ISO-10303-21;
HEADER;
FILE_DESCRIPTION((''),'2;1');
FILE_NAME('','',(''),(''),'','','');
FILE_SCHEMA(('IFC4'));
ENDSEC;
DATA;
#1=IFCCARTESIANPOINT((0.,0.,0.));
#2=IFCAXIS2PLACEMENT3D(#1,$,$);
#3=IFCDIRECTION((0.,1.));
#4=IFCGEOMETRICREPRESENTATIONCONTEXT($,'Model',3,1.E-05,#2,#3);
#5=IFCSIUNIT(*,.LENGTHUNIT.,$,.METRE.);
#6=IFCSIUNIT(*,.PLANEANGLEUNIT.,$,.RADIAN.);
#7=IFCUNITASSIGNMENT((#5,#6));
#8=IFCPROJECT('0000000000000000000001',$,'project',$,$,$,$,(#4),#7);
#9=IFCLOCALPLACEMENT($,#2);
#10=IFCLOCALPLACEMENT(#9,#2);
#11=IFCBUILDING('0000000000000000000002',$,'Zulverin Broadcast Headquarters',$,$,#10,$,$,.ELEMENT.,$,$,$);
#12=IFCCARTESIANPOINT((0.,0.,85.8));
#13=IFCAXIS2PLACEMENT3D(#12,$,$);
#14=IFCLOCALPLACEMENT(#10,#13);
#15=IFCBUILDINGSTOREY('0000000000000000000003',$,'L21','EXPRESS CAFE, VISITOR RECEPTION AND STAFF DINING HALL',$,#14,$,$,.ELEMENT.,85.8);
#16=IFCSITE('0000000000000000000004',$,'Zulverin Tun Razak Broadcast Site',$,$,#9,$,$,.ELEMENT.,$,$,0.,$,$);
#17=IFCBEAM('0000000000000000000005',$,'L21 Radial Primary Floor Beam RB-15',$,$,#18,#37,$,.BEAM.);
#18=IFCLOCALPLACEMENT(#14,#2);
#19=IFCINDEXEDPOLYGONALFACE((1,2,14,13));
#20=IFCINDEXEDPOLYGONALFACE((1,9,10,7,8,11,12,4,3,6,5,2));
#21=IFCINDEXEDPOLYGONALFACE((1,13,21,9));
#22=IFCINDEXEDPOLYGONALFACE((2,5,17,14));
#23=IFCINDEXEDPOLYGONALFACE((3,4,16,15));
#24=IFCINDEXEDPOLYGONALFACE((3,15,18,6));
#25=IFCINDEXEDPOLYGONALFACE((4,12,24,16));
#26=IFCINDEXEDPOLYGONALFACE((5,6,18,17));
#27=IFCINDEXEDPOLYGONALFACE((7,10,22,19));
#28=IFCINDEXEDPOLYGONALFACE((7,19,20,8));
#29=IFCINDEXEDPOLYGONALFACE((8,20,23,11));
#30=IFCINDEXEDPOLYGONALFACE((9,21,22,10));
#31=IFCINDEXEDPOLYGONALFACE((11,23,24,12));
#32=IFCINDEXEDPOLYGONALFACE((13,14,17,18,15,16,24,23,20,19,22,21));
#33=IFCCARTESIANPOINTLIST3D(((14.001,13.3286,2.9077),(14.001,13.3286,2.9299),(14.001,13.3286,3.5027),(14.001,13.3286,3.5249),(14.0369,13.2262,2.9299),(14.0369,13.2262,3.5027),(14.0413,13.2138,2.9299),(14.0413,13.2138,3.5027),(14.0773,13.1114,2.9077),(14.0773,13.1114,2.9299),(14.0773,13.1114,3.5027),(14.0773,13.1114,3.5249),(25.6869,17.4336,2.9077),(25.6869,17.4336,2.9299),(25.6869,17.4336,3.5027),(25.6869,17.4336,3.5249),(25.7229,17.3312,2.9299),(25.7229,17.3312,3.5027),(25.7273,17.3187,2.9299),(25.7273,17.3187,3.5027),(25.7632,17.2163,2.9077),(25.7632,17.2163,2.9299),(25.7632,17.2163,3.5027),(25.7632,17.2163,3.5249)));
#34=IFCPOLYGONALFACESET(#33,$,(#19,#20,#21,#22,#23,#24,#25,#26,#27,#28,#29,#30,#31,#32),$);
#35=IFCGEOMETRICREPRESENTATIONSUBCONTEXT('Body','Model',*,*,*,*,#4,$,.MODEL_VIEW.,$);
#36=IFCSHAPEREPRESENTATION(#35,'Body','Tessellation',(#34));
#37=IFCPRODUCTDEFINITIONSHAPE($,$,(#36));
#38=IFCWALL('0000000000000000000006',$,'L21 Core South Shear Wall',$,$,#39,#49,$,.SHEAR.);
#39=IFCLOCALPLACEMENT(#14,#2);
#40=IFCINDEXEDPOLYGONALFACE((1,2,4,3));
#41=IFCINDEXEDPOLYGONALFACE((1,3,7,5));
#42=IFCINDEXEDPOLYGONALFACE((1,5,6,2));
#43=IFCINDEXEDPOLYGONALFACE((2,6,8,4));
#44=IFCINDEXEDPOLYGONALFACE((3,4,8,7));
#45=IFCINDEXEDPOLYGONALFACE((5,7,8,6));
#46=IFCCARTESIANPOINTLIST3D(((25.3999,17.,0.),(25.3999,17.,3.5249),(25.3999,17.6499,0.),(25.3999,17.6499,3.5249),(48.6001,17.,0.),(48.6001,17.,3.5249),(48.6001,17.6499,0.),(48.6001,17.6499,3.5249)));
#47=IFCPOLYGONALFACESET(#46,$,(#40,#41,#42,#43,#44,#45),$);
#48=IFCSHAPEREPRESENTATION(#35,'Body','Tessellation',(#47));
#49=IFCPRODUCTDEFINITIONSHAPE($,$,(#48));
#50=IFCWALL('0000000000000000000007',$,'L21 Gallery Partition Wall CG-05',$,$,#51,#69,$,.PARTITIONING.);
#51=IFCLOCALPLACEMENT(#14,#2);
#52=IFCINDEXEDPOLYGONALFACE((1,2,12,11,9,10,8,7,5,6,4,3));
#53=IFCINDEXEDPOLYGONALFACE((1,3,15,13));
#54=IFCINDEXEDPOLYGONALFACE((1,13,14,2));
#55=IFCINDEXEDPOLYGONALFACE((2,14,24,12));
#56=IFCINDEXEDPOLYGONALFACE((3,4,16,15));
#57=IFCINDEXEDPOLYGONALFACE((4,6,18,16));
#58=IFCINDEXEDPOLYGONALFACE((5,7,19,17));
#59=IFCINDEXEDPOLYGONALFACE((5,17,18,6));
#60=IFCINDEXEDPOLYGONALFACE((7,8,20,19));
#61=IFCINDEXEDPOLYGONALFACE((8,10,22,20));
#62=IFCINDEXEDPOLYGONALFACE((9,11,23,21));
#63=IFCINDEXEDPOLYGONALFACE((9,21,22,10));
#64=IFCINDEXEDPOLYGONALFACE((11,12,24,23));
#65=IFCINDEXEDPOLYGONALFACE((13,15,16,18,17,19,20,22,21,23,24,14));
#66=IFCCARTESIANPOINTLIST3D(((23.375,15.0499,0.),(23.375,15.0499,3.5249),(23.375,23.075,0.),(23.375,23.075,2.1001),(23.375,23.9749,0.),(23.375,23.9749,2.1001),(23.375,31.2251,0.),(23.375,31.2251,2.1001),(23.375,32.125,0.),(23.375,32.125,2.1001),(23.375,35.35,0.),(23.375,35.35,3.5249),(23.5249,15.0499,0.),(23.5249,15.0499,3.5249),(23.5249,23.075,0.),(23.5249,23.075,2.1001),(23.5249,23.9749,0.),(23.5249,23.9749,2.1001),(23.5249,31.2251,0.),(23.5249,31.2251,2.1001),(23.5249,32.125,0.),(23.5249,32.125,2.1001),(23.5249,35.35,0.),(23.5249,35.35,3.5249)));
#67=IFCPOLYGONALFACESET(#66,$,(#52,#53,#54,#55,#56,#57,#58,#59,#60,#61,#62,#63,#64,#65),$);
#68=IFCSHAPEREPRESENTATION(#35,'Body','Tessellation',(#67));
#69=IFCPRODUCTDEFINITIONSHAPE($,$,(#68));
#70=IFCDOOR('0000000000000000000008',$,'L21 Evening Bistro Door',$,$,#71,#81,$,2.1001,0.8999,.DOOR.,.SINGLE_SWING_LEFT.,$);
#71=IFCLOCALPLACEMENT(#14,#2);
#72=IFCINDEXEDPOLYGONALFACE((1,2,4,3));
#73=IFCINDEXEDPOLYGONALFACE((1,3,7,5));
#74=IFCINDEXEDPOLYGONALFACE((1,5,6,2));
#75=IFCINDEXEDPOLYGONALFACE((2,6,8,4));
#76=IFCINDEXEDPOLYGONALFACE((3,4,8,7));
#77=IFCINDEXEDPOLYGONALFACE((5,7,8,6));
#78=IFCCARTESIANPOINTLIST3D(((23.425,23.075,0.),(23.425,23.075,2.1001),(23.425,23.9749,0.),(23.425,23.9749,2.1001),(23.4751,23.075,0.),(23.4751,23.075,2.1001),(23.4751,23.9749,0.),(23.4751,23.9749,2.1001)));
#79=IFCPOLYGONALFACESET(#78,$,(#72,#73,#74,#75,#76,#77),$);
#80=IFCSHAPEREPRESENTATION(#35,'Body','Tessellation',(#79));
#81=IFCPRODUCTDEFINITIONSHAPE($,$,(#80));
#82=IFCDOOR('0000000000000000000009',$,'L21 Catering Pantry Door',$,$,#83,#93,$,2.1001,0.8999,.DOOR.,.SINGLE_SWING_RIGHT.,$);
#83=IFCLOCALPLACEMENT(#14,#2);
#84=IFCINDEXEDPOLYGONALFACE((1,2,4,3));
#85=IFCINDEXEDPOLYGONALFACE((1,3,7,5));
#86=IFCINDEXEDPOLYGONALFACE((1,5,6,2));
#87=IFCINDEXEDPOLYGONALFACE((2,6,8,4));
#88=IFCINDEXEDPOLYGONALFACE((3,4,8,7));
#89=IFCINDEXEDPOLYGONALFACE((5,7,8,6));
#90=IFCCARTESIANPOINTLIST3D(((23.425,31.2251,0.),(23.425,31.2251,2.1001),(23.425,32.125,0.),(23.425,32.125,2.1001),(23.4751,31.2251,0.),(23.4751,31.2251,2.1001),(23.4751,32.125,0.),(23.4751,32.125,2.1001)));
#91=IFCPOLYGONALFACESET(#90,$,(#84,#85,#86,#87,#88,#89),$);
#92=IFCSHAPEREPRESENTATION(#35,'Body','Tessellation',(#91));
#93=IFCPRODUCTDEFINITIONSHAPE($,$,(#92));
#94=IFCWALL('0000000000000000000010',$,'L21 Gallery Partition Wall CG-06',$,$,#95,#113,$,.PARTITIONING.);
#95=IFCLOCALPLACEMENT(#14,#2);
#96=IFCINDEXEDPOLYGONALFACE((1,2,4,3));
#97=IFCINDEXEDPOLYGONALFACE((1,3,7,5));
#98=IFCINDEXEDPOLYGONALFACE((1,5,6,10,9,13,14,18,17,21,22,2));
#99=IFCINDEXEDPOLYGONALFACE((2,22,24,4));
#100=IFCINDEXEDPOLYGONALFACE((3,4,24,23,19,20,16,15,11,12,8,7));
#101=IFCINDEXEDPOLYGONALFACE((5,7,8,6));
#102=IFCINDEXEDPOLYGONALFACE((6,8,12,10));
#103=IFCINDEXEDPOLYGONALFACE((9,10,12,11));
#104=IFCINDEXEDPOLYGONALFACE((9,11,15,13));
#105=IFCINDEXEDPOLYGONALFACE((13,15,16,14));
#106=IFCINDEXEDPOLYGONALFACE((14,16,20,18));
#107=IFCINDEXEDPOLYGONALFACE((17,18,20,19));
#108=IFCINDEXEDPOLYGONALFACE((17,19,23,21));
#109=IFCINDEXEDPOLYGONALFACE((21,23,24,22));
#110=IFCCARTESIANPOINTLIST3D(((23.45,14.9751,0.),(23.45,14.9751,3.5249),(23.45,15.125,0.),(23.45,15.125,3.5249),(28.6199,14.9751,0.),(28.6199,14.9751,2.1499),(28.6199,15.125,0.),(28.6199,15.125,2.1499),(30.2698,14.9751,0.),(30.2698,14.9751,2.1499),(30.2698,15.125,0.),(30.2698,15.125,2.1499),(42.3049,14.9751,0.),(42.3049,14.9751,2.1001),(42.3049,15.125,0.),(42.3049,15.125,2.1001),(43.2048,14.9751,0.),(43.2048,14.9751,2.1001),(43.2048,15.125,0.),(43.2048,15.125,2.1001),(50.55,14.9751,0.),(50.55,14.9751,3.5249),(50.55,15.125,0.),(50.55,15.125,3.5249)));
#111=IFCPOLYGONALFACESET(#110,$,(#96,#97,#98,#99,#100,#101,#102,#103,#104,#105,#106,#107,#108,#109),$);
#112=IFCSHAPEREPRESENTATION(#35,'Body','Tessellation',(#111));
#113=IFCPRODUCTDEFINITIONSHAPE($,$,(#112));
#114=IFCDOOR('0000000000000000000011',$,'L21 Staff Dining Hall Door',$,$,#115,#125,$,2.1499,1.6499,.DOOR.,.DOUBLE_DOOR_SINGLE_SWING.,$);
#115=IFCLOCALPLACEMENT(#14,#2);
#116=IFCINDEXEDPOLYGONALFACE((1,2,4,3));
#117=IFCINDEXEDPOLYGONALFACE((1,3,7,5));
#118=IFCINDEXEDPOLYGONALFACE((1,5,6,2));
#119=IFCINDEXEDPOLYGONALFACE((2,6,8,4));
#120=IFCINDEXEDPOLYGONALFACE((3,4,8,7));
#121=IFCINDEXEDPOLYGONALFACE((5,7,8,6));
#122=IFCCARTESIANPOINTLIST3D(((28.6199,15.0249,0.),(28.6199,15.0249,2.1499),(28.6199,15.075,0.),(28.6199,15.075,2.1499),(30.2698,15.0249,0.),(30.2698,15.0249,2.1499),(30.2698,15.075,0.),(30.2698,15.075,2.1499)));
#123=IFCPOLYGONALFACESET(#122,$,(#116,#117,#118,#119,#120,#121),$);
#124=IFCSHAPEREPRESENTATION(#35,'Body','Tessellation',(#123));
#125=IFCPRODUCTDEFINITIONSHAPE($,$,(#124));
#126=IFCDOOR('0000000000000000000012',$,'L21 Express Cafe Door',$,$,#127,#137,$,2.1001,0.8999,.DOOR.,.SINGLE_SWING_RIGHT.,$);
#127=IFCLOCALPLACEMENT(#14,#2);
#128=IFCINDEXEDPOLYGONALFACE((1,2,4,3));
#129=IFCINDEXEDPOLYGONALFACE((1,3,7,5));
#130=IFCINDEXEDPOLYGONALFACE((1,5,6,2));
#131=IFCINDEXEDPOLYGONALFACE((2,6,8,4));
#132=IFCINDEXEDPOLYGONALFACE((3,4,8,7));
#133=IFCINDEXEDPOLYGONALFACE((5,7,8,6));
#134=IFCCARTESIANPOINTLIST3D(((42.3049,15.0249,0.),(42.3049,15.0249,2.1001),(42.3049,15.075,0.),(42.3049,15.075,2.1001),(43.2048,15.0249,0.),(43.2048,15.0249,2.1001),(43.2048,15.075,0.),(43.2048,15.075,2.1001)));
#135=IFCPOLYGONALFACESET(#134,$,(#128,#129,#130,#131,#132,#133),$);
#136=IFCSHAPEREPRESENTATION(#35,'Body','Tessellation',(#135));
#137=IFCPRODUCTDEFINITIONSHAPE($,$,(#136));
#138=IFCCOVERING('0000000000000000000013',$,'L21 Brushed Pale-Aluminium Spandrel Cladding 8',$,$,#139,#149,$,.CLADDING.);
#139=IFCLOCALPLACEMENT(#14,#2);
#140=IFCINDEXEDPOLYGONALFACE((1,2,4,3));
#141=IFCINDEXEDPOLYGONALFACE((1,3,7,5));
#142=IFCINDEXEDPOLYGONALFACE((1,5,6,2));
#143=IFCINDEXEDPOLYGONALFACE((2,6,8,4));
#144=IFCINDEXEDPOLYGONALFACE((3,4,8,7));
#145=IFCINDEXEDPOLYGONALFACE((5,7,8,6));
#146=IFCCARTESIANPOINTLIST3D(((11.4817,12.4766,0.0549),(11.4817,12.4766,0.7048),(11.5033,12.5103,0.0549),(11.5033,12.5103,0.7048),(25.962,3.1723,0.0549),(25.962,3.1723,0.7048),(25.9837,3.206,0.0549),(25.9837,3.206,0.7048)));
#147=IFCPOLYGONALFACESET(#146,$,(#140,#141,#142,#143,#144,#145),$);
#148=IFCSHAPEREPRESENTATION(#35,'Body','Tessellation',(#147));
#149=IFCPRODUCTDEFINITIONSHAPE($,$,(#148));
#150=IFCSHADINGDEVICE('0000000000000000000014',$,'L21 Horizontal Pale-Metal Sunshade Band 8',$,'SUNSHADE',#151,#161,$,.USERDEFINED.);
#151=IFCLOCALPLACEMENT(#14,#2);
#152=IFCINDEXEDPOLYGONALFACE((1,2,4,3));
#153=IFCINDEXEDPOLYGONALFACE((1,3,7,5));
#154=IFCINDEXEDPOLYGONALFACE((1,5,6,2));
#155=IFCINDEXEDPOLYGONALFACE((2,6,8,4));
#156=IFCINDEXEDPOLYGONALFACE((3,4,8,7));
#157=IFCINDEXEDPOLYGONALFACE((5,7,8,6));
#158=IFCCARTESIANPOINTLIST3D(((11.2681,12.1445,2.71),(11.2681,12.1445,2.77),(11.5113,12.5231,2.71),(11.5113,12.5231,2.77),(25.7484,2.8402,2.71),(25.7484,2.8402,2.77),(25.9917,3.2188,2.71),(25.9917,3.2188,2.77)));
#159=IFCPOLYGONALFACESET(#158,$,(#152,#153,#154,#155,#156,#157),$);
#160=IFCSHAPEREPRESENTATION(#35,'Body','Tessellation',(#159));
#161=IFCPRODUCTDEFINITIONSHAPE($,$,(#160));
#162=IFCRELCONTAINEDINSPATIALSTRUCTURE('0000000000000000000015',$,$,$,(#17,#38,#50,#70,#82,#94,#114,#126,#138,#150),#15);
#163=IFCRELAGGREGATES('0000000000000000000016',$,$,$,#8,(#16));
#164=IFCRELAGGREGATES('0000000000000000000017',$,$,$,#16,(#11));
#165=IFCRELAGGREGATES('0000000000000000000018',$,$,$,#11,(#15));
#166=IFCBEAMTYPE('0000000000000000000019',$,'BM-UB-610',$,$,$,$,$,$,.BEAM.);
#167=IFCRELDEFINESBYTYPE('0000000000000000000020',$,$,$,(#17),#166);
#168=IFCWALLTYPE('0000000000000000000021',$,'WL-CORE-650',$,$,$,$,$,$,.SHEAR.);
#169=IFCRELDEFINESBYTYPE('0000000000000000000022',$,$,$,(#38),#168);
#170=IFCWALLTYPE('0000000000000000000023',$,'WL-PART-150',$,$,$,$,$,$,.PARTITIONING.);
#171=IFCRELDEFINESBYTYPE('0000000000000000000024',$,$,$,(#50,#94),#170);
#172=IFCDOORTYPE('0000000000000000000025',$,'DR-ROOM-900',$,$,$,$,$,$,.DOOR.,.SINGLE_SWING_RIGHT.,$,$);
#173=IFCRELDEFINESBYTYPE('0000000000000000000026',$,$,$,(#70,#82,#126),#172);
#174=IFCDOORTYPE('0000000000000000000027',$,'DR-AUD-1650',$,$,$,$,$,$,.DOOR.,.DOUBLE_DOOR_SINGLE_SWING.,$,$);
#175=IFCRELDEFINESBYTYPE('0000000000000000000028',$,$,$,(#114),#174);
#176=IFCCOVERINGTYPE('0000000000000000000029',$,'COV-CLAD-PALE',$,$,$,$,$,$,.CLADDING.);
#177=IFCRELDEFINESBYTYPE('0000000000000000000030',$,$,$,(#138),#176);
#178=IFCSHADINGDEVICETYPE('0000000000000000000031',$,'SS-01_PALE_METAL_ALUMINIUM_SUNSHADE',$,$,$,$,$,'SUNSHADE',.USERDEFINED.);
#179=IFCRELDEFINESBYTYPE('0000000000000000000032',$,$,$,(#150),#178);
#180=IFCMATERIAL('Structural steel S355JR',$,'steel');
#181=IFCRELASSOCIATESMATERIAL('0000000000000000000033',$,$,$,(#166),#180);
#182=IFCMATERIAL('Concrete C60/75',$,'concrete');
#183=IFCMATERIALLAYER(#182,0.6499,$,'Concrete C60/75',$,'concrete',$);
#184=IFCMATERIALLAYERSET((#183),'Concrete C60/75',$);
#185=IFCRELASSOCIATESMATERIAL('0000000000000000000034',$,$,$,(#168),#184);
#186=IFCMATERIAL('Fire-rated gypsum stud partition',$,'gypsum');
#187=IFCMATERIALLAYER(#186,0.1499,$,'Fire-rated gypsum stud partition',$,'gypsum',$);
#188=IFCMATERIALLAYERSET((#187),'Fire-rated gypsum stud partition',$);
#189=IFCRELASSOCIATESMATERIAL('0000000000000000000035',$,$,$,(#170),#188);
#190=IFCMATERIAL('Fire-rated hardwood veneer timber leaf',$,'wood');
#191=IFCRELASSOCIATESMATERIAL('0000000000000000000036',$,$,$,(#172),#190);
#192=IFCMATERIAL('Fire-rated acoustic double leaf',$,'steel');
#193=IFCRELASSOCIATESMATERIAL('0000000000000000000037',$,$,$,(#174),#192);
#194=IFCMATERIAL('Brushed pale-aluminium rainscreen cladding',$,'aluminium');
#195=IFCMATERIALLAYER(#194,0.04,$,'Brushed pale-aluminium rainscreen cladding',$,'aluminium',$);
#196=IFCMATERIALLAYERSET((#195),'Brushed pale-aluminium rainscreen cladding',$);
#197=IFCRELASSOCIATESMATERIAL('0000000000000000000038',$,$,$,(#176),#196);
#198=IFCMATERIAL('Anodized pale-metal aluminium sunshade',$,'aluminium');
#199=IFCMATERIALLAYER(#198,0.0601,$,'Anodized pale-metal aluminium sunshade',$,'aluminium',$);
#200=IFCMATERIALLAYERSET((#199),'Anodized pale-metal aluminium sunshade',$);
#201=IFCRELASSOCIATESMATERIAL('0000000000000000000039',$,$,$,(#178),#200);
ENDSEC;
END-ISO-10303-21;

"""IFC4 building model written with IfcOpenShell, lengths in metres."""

from ifc_helpers import new_model, si_unit, direction, frame, frame_2d, origin, origin_2d, place, context, subcontext, project, spatial, rectangle, i_section, extrude, material, layer, layer_set, material_profile, profile_set, type_object, element, fill, save


model = new_model("IFC4")

# Units and contexts
model_context = context("Model", 3, precision=1e-05, world=origin(), true_north=direction((0.0, 1.0)))
body_context = subcontext(model_context, "Body", "Model", "MODEL_VIEW")
ifc_project = project(units=[si_unit("LENGTHUNIT", "METRE"), si_unit("PLANEANGLEUNIT", "RADIAN")], contexts=[model_context])

# Site, building, storey
site_placement = place(None, origin())
site = spatial("IfcSite", under=ifc_project, at=site_placement, Name="Zulverin Tun Razak Broadcast Site", CompositionType="ELEMENT", RefElevation=0.0)
building_placement = place(site_placement, origin())
building = spatial("IfcBuilding", under=site, at=building_placement, Name="Zulverin Broadcast Headquarters", CompositionType="ELEMENT")
storey_placement = place(building_placement, frame((0.0, 0.0, 85.8)))
storey = spatial("IfcBuildingStorey", under=building, at=storey_placement, Name="L21", Description="EXPRESS CAFE, VISITOR RECEPTION AND STAFF DINING HALL", CompositionType="ELEMENT", Elevation=85.8)

# Shared definitions
ifc_material_1 = material(Name="Concrete C60/75", Category="concrete")

# Beam
ifc_material_2 = material(Name="Structural steel S355JR", Category="steel")
ifc_material_profile_1 = material_profile(ifc_material_2, i_section(OverallWidth=0.2302, OverallDepth=0.6172, WebThickness=0.0132, FlangeThickness=0.0222, at=origin_2d()), Name="Structural steel S355JR", Category="steel")
ifc_profile_set_1 = profile_set([ifc_material_profile_1], Name="Structural steel S355JR")
beam_type_1 = type_object("IfcBeamType", Name="BM-UB-610", PredefinedType="BEAM", material=ifc_profile_set_1)
beam_1_placement = place(storey_placement, frame((25.7251, 17.325, 3.2163), z_axis=(-0.943483, -0.33142, 0.0), x_axis=(0.33142, -0.943483, 0.0)))
element("IfcBeam", 1, at=beam_1_placement, inside=storey, type_object=beam_type_1, Name="L21 Radial Primary Floor Beam RB-15", PredefinedType="BEAM", context=body_context, shape_type="SweptSolid", body=[
    extrude(i_section(OverallWidth=0.2302, OverallDepth=0.6172, WebThickness=0.0132, FlangeThickness=0.0222, at=origin_2d()), origin(), (0.0, 0.0, 1.0), 12.386),
])

# Wall
ifc_layer_1 = layer(ifc_material_1, 0.6499, Name="Concrete C60/75", Category="concrete")
ifc_layer_set_1 = layer_set([ifc_layer_1], Name="Concrete C60/75")
wall_type_1 = type_object("IfcWallType", Name="WL-CORE-650", PredefinedType="SHEAR", material=ifc_layer_set_1)
wall_1_placement = place(storey_placement, frame((25.3999, 17.325, 0.0), z_axis=(0.0, 0.0, 1.0), x_axis=(1.0, 0.0, 0.0)))
element("IfcWall", 2, at=wall_1_placement, inside=storey, type_object=wall_type_1, Name="L21 Core South Shear Wall", PredefinedType="SHEAR", context=body_context, shape_type="SweptSolid", body=[
    extrude(rectangle(XDim=23.2002, YDim=0.6499, at=frame_2d((11.6001, 0.0))), origin(), (0.0, 0.0, 1.0), 3.5249),
])

# Walls, openings, doors
ifc_material_3 = material(Name="Fire-rated gypsum stud partition", Category="gypsum")
ifc_layer_2 = layer(ifc_material_3, 0.1499, Name="Fire-rated gypsum stud partition", Category="gypsum")
ifc_layer_set_2 = layer_set([ifc_layer_2], Name="Fire-rated gypsum stud partition")
wall_type_2 = type_object("IfcWallType", Name="WL-PART-150", PredefinedType="PARTITIONING", material=ifc_layer_set_2)
wall_2_placement = place(storey_placement, frame((23.45, 15.05, 0.0), z_axis=(0.0, 0.0, 1.0), x_axis=(0.0, 1.0, 0.0)))
wall_2 = element("IfcWall", 3, at=wall_2_placement, inside=storey, type_object=wall_type_2, Name="L21 Gallery Partition Wall CG-05", PredefinedType="PARTITIONING", context=body_context, shape_type="SweptSolid", body=[
    extrude(rectangle(XDim=20.3, YDim=0.1499, at=frame_2d((10.1499, 0.0))), origin(), (0.0, 0.0, 1.0), 3.5249),
])
opening_1_placement = place(wall_2_placement, frame((8.0249, 0.0, 0.0)))
opening_1 = element("IfcOpeningElement", 4, at=opening_1_placement, cuts=wall_2, PredefinedType="OPENING", context=body_context, shape_type="SweptSolid", body=[
    extrude(rectangle(XDim=0.8999, YDim=2.1001, at=frame_2d((0.45, 1.05))), frame((0.0, 0.085, 0.0), z_axis=(0.0, -1.0, 0.0), x_axis=(1.0, 0.0, 0.0)), (0.0, 0.0, 1.0), 0.1699),
])
opening_2_placement = place(wall_2_placement, frame((16.175, 0.0, 0.0)))
opening_2 = element("IfcOpeningElement", 5, at=opening_2_placement, cuts=wall_2, PredefinedType="OPENING", context=body_context, shape_type="SweptSolid", body=[
    extrude(rectangle(XDim=0.8999, YDim=2.1001, at=frame_2d((0.45, 1.05))), frame((0.0, 0.085, 0.0), z_axis=(0.0, -1.0, 0.0), x_axis=(1.0, 0.0, 0.0)), (0.0, 0.0, 1.0), 0.1699),
])
ifc_material_4 = material(Name="Fire-rated hardwood veneer timber leaf", Category="wood")
door_type_1 = type_object("IfcDoorType", Name="DR-ROOM-900", OperationType="SINGLE_SWING_RIGHT", PredefinedType="DOOR", material=ifc_material_4)
door_1_placement = place(opening_1_placement, origin())
door_1 = element("IfcDoor", 6, at=door_1_placement, inside=storey, type_object=door_type_1, Name="L21 Evening Bistro Door", OperationType="SINGLE_SWING_LEFT", OverallHeight=2.1001, OverallWidth=0.8999, PredefinedType="DOOR", context=body_context, shape_type="SweptSolid", body=[
    extrude(rectangle(XDim=0.8999, YDim=2.1001, at=frame_2d((0.45, 1.05))), frame((0.0, 0.0249, 0.0), z_axis=(0.0, -1.0, 0.0), x_axis=(1.0, 0.0, 0.0)), (0.0, 0.0, 1.0), 0.05),
])
fill(opening_1, door_1)
door_2_placement = place(opening_2_placement, origin())
door_2 = element("IfcDoor", 7, at=door_2_placement, inside=storey, type_object=door_type_1, Name="L21 Catering Pantry Door", OperationType="SINGLE_SWING_RIGHT", OverallHeight=2.1001, OverallWidth=0.8999, PredefinedType="DOOR", context=body_context, shape_type="SweptSolid", body=[
    extrude(rectangle(XDim=0.8999, YDim=2.1001, at=frame_2d((0.45, 1.05))), frame((0.0, 0.0249, 0.0), z_axis=(0.0, -1.0, 0.0), x_axis=(1.0, 0.0, 0.0)), (0.0, 0.0, 1.0), 0.05),
])
fill(opening_2, door_2)
wall_3_placement = place(storey_placement, frame((23.45, 15.05, 0.0), z_axis=(0.0, 0.0, 1.0), x_axis=(1.0, 0.0, 0.0)))
wall_3 = element("IfcWall", 8, at=wall_3_placement, inside=storey, type_object=wall_type_2, Name="L21 Gallery Partition Wall CG-06", PredefinedType="PARTITIONING", context=body_context, shape_type="SweptSolid", body=[
    extrude(rectangle(XDim=27.1001, YDim=0.1499, at=frame_2d((13.55, 0.0))), origin(), (0.0, 0.0, 1.0), 3.5249),
])
opening_3_placement = place(wall_3_placement, frame((5.1699, 0.0, 0.0)))
opening_3 = element("IfcOpeningElement", 9, at=opening_3_placement, cuts=wall_3, PredefinedType="OPENING", context=body_context, shape_type="SweptSolid", body=[
    extrude(rectangle(XDim=1.6499, YDim=2.1499, at=frame_2d((0.825, 1.075))), frame((0.0, 0.085, 0.0), z_axis=(0.0, -1.0, 0.0), x_axis=(1.0, 0.0, 0.0)), (0.0, 0.0, 1.0), 0.1699),
])
opening_4_placement = place(wall_3_placement, frame((18.855, 0.0, 0.0)))
opening_4 = element("IfcOpeningElement", 10, at=opening_4_placement, cuts=wall_3, PredefinedType="OPENING", context=body_context, shape_type="SweptSolid", body=[
    extrude(rectangle(XDim=0.8999, YDim=2.1001, at=frame_2d((0.45, 1.05))), frame((0.0, 0.085, 0.0), z_axis=(0.0, -1.0, 0.0), x_axis=(1.0, 0.0, 0.0)), (0.0, 0.0, 1.0), 0.1699),
])
ifc_material_5 = material(Name="Fire-rated acoustic double leaf", Category="steel")
door_type_2 = type_object("IfcDoorType", Name="DR-AUD-1650", OperationType="DOUBLE_DOOR_SINGLE_SWING", PredefinedType="DOOR", material=ifc_material_5)
door_3_placement = place(opening_3_placement, origin())
door_3 = element("IfcDoor", 11, at=door_3_placement, inside=storey, type_object=door_type_2, Name="L21 Staff Dining Hall Door", OperationType="DOUBLE_DOOR_SINGLE_SWING", OverallHeight=2.1499, OverallWidth=1.6499, PredefinedType="DOOR", context=body_context, shape_type="SweptSolid", body=[
    extrude(rectangle(XDim=1.6499, YDim=2.1499, at=frame_2d((0.825, 1.075))), frame((0.0, 0.0249, 0.0), z_axis=(0.0, -1.0, 0.0), x_axis=(1.0, 0.0, 0.0)), (0.0, 0.0, 1.0), 0.05),
])
fill(opening_3, door_3)
door_4_placement = place(opening_4_placement, origin())
door_4 = element("IfcDoor", 12, at=door_4_placement, inside=storey, type_object=door_type_1, Name="L21 Express Cafe Door", OperationType="SINGLE_SWING_RIGHT", OverallHeight=2.1001, OverallWidth=0.8999, PredefinedType="DOOR", context=body_context, shape_type="SweptSolid", body=[
    extrude(rectangle(XDim=0.8999, YDim=2.1001, at=frame_2d((0.45, 1.05))), frame((0.0, 0.0249, 0.0), z_axis=(0.0, -1.0, 0.0), x_axis=(1.0, 0.0, 0.0)), (0.0, 0.0, 1.0), 0.05),
])
fill(opening_4, door_4)

# Covering
ifc_material_6 = material(Name="Brushed pale-aluminium rainscreen cladding", Category="aluminium")
ifc_layer_3 = layer(ifc_material_6, 0.04, Name="Brushed pale-aluminium rainscreen cladding", Category="aluminium")
ifc_layer_set_3 = layer_set([ifc_layer_3], Name="Brushed pale-aluminium rainscreen cladding")
covering_type = type_object("IfcCoveringType", Name="COV-CLAD-PALE", PredefinedType="CLADDING", material=ifc_layer_set_3)
covering_placement = place(storey_placement, frame((18.7327, 7.8413, 0.0549), z_axis=(0.0, 0.0, 1.0), x_axis=(0.841297, -0.540574, 0.0)))
element("IfcCovering", 13, at=covering_placement, inside=storey, type_object=covering_type, Name="L21 Brushed Pale-Aluminium Spandrel Cladding 8", PredefinedType="CLADDING", context=body_context, shape_type="SweptSolid", body=[
    extrude(rectangle(XDim=17.2119, YDim=0.04, at=origin_2d()), origin(), (0.0, 0.0, 1.0), 0.6499),
])

# Shading device
ifc_material_7 = material(Name="Anodized pale-metal aluminium sunshade", Category="aluminium")
ifc_layer_4 = layer(ifc_material_7, 0.0601, Name="Anodized pale-metal aluminium sunshade", Category="aluminium")
ifc_layer_set_4 = layer_set([ifc_layer_4], Name="Anodized pale-metal aluminium sunshade")
shading_device_type = type_object("IfcShadingDeviceType", Name="SS-01_PALE_METAL_ALUMINIUM_SUNSHADE", ElementType="SUNSHADE", PredefinedType="USERDEFINED", material=ifc_layer_set_4)
shading_device_placement = place(storey_placement, frame((18.6299, 7.6816, 2.71), z_axis=(0.0, 0.0, 1.0), x_axis=(0.841297, -0.540574, 0.0)))
element("IfcShadingDevice", 14, at=shading_device_placement, inside=storey, type_object=shading_device_type, Name="L21 Horizontal Pale-Metal Sunshade Band 8", ObjectType="SUNSHADE", PredefinedType="USERDEFINED", context=body_context, shape_type="SweptSolid", body=[
    extrude(rectangle(XDim=17.2119, YDim=0.45, at=origin_2d()), origin(), (0.0, 0.0, 1.0), 0.0601),
])

save(model, "model.ifc")
